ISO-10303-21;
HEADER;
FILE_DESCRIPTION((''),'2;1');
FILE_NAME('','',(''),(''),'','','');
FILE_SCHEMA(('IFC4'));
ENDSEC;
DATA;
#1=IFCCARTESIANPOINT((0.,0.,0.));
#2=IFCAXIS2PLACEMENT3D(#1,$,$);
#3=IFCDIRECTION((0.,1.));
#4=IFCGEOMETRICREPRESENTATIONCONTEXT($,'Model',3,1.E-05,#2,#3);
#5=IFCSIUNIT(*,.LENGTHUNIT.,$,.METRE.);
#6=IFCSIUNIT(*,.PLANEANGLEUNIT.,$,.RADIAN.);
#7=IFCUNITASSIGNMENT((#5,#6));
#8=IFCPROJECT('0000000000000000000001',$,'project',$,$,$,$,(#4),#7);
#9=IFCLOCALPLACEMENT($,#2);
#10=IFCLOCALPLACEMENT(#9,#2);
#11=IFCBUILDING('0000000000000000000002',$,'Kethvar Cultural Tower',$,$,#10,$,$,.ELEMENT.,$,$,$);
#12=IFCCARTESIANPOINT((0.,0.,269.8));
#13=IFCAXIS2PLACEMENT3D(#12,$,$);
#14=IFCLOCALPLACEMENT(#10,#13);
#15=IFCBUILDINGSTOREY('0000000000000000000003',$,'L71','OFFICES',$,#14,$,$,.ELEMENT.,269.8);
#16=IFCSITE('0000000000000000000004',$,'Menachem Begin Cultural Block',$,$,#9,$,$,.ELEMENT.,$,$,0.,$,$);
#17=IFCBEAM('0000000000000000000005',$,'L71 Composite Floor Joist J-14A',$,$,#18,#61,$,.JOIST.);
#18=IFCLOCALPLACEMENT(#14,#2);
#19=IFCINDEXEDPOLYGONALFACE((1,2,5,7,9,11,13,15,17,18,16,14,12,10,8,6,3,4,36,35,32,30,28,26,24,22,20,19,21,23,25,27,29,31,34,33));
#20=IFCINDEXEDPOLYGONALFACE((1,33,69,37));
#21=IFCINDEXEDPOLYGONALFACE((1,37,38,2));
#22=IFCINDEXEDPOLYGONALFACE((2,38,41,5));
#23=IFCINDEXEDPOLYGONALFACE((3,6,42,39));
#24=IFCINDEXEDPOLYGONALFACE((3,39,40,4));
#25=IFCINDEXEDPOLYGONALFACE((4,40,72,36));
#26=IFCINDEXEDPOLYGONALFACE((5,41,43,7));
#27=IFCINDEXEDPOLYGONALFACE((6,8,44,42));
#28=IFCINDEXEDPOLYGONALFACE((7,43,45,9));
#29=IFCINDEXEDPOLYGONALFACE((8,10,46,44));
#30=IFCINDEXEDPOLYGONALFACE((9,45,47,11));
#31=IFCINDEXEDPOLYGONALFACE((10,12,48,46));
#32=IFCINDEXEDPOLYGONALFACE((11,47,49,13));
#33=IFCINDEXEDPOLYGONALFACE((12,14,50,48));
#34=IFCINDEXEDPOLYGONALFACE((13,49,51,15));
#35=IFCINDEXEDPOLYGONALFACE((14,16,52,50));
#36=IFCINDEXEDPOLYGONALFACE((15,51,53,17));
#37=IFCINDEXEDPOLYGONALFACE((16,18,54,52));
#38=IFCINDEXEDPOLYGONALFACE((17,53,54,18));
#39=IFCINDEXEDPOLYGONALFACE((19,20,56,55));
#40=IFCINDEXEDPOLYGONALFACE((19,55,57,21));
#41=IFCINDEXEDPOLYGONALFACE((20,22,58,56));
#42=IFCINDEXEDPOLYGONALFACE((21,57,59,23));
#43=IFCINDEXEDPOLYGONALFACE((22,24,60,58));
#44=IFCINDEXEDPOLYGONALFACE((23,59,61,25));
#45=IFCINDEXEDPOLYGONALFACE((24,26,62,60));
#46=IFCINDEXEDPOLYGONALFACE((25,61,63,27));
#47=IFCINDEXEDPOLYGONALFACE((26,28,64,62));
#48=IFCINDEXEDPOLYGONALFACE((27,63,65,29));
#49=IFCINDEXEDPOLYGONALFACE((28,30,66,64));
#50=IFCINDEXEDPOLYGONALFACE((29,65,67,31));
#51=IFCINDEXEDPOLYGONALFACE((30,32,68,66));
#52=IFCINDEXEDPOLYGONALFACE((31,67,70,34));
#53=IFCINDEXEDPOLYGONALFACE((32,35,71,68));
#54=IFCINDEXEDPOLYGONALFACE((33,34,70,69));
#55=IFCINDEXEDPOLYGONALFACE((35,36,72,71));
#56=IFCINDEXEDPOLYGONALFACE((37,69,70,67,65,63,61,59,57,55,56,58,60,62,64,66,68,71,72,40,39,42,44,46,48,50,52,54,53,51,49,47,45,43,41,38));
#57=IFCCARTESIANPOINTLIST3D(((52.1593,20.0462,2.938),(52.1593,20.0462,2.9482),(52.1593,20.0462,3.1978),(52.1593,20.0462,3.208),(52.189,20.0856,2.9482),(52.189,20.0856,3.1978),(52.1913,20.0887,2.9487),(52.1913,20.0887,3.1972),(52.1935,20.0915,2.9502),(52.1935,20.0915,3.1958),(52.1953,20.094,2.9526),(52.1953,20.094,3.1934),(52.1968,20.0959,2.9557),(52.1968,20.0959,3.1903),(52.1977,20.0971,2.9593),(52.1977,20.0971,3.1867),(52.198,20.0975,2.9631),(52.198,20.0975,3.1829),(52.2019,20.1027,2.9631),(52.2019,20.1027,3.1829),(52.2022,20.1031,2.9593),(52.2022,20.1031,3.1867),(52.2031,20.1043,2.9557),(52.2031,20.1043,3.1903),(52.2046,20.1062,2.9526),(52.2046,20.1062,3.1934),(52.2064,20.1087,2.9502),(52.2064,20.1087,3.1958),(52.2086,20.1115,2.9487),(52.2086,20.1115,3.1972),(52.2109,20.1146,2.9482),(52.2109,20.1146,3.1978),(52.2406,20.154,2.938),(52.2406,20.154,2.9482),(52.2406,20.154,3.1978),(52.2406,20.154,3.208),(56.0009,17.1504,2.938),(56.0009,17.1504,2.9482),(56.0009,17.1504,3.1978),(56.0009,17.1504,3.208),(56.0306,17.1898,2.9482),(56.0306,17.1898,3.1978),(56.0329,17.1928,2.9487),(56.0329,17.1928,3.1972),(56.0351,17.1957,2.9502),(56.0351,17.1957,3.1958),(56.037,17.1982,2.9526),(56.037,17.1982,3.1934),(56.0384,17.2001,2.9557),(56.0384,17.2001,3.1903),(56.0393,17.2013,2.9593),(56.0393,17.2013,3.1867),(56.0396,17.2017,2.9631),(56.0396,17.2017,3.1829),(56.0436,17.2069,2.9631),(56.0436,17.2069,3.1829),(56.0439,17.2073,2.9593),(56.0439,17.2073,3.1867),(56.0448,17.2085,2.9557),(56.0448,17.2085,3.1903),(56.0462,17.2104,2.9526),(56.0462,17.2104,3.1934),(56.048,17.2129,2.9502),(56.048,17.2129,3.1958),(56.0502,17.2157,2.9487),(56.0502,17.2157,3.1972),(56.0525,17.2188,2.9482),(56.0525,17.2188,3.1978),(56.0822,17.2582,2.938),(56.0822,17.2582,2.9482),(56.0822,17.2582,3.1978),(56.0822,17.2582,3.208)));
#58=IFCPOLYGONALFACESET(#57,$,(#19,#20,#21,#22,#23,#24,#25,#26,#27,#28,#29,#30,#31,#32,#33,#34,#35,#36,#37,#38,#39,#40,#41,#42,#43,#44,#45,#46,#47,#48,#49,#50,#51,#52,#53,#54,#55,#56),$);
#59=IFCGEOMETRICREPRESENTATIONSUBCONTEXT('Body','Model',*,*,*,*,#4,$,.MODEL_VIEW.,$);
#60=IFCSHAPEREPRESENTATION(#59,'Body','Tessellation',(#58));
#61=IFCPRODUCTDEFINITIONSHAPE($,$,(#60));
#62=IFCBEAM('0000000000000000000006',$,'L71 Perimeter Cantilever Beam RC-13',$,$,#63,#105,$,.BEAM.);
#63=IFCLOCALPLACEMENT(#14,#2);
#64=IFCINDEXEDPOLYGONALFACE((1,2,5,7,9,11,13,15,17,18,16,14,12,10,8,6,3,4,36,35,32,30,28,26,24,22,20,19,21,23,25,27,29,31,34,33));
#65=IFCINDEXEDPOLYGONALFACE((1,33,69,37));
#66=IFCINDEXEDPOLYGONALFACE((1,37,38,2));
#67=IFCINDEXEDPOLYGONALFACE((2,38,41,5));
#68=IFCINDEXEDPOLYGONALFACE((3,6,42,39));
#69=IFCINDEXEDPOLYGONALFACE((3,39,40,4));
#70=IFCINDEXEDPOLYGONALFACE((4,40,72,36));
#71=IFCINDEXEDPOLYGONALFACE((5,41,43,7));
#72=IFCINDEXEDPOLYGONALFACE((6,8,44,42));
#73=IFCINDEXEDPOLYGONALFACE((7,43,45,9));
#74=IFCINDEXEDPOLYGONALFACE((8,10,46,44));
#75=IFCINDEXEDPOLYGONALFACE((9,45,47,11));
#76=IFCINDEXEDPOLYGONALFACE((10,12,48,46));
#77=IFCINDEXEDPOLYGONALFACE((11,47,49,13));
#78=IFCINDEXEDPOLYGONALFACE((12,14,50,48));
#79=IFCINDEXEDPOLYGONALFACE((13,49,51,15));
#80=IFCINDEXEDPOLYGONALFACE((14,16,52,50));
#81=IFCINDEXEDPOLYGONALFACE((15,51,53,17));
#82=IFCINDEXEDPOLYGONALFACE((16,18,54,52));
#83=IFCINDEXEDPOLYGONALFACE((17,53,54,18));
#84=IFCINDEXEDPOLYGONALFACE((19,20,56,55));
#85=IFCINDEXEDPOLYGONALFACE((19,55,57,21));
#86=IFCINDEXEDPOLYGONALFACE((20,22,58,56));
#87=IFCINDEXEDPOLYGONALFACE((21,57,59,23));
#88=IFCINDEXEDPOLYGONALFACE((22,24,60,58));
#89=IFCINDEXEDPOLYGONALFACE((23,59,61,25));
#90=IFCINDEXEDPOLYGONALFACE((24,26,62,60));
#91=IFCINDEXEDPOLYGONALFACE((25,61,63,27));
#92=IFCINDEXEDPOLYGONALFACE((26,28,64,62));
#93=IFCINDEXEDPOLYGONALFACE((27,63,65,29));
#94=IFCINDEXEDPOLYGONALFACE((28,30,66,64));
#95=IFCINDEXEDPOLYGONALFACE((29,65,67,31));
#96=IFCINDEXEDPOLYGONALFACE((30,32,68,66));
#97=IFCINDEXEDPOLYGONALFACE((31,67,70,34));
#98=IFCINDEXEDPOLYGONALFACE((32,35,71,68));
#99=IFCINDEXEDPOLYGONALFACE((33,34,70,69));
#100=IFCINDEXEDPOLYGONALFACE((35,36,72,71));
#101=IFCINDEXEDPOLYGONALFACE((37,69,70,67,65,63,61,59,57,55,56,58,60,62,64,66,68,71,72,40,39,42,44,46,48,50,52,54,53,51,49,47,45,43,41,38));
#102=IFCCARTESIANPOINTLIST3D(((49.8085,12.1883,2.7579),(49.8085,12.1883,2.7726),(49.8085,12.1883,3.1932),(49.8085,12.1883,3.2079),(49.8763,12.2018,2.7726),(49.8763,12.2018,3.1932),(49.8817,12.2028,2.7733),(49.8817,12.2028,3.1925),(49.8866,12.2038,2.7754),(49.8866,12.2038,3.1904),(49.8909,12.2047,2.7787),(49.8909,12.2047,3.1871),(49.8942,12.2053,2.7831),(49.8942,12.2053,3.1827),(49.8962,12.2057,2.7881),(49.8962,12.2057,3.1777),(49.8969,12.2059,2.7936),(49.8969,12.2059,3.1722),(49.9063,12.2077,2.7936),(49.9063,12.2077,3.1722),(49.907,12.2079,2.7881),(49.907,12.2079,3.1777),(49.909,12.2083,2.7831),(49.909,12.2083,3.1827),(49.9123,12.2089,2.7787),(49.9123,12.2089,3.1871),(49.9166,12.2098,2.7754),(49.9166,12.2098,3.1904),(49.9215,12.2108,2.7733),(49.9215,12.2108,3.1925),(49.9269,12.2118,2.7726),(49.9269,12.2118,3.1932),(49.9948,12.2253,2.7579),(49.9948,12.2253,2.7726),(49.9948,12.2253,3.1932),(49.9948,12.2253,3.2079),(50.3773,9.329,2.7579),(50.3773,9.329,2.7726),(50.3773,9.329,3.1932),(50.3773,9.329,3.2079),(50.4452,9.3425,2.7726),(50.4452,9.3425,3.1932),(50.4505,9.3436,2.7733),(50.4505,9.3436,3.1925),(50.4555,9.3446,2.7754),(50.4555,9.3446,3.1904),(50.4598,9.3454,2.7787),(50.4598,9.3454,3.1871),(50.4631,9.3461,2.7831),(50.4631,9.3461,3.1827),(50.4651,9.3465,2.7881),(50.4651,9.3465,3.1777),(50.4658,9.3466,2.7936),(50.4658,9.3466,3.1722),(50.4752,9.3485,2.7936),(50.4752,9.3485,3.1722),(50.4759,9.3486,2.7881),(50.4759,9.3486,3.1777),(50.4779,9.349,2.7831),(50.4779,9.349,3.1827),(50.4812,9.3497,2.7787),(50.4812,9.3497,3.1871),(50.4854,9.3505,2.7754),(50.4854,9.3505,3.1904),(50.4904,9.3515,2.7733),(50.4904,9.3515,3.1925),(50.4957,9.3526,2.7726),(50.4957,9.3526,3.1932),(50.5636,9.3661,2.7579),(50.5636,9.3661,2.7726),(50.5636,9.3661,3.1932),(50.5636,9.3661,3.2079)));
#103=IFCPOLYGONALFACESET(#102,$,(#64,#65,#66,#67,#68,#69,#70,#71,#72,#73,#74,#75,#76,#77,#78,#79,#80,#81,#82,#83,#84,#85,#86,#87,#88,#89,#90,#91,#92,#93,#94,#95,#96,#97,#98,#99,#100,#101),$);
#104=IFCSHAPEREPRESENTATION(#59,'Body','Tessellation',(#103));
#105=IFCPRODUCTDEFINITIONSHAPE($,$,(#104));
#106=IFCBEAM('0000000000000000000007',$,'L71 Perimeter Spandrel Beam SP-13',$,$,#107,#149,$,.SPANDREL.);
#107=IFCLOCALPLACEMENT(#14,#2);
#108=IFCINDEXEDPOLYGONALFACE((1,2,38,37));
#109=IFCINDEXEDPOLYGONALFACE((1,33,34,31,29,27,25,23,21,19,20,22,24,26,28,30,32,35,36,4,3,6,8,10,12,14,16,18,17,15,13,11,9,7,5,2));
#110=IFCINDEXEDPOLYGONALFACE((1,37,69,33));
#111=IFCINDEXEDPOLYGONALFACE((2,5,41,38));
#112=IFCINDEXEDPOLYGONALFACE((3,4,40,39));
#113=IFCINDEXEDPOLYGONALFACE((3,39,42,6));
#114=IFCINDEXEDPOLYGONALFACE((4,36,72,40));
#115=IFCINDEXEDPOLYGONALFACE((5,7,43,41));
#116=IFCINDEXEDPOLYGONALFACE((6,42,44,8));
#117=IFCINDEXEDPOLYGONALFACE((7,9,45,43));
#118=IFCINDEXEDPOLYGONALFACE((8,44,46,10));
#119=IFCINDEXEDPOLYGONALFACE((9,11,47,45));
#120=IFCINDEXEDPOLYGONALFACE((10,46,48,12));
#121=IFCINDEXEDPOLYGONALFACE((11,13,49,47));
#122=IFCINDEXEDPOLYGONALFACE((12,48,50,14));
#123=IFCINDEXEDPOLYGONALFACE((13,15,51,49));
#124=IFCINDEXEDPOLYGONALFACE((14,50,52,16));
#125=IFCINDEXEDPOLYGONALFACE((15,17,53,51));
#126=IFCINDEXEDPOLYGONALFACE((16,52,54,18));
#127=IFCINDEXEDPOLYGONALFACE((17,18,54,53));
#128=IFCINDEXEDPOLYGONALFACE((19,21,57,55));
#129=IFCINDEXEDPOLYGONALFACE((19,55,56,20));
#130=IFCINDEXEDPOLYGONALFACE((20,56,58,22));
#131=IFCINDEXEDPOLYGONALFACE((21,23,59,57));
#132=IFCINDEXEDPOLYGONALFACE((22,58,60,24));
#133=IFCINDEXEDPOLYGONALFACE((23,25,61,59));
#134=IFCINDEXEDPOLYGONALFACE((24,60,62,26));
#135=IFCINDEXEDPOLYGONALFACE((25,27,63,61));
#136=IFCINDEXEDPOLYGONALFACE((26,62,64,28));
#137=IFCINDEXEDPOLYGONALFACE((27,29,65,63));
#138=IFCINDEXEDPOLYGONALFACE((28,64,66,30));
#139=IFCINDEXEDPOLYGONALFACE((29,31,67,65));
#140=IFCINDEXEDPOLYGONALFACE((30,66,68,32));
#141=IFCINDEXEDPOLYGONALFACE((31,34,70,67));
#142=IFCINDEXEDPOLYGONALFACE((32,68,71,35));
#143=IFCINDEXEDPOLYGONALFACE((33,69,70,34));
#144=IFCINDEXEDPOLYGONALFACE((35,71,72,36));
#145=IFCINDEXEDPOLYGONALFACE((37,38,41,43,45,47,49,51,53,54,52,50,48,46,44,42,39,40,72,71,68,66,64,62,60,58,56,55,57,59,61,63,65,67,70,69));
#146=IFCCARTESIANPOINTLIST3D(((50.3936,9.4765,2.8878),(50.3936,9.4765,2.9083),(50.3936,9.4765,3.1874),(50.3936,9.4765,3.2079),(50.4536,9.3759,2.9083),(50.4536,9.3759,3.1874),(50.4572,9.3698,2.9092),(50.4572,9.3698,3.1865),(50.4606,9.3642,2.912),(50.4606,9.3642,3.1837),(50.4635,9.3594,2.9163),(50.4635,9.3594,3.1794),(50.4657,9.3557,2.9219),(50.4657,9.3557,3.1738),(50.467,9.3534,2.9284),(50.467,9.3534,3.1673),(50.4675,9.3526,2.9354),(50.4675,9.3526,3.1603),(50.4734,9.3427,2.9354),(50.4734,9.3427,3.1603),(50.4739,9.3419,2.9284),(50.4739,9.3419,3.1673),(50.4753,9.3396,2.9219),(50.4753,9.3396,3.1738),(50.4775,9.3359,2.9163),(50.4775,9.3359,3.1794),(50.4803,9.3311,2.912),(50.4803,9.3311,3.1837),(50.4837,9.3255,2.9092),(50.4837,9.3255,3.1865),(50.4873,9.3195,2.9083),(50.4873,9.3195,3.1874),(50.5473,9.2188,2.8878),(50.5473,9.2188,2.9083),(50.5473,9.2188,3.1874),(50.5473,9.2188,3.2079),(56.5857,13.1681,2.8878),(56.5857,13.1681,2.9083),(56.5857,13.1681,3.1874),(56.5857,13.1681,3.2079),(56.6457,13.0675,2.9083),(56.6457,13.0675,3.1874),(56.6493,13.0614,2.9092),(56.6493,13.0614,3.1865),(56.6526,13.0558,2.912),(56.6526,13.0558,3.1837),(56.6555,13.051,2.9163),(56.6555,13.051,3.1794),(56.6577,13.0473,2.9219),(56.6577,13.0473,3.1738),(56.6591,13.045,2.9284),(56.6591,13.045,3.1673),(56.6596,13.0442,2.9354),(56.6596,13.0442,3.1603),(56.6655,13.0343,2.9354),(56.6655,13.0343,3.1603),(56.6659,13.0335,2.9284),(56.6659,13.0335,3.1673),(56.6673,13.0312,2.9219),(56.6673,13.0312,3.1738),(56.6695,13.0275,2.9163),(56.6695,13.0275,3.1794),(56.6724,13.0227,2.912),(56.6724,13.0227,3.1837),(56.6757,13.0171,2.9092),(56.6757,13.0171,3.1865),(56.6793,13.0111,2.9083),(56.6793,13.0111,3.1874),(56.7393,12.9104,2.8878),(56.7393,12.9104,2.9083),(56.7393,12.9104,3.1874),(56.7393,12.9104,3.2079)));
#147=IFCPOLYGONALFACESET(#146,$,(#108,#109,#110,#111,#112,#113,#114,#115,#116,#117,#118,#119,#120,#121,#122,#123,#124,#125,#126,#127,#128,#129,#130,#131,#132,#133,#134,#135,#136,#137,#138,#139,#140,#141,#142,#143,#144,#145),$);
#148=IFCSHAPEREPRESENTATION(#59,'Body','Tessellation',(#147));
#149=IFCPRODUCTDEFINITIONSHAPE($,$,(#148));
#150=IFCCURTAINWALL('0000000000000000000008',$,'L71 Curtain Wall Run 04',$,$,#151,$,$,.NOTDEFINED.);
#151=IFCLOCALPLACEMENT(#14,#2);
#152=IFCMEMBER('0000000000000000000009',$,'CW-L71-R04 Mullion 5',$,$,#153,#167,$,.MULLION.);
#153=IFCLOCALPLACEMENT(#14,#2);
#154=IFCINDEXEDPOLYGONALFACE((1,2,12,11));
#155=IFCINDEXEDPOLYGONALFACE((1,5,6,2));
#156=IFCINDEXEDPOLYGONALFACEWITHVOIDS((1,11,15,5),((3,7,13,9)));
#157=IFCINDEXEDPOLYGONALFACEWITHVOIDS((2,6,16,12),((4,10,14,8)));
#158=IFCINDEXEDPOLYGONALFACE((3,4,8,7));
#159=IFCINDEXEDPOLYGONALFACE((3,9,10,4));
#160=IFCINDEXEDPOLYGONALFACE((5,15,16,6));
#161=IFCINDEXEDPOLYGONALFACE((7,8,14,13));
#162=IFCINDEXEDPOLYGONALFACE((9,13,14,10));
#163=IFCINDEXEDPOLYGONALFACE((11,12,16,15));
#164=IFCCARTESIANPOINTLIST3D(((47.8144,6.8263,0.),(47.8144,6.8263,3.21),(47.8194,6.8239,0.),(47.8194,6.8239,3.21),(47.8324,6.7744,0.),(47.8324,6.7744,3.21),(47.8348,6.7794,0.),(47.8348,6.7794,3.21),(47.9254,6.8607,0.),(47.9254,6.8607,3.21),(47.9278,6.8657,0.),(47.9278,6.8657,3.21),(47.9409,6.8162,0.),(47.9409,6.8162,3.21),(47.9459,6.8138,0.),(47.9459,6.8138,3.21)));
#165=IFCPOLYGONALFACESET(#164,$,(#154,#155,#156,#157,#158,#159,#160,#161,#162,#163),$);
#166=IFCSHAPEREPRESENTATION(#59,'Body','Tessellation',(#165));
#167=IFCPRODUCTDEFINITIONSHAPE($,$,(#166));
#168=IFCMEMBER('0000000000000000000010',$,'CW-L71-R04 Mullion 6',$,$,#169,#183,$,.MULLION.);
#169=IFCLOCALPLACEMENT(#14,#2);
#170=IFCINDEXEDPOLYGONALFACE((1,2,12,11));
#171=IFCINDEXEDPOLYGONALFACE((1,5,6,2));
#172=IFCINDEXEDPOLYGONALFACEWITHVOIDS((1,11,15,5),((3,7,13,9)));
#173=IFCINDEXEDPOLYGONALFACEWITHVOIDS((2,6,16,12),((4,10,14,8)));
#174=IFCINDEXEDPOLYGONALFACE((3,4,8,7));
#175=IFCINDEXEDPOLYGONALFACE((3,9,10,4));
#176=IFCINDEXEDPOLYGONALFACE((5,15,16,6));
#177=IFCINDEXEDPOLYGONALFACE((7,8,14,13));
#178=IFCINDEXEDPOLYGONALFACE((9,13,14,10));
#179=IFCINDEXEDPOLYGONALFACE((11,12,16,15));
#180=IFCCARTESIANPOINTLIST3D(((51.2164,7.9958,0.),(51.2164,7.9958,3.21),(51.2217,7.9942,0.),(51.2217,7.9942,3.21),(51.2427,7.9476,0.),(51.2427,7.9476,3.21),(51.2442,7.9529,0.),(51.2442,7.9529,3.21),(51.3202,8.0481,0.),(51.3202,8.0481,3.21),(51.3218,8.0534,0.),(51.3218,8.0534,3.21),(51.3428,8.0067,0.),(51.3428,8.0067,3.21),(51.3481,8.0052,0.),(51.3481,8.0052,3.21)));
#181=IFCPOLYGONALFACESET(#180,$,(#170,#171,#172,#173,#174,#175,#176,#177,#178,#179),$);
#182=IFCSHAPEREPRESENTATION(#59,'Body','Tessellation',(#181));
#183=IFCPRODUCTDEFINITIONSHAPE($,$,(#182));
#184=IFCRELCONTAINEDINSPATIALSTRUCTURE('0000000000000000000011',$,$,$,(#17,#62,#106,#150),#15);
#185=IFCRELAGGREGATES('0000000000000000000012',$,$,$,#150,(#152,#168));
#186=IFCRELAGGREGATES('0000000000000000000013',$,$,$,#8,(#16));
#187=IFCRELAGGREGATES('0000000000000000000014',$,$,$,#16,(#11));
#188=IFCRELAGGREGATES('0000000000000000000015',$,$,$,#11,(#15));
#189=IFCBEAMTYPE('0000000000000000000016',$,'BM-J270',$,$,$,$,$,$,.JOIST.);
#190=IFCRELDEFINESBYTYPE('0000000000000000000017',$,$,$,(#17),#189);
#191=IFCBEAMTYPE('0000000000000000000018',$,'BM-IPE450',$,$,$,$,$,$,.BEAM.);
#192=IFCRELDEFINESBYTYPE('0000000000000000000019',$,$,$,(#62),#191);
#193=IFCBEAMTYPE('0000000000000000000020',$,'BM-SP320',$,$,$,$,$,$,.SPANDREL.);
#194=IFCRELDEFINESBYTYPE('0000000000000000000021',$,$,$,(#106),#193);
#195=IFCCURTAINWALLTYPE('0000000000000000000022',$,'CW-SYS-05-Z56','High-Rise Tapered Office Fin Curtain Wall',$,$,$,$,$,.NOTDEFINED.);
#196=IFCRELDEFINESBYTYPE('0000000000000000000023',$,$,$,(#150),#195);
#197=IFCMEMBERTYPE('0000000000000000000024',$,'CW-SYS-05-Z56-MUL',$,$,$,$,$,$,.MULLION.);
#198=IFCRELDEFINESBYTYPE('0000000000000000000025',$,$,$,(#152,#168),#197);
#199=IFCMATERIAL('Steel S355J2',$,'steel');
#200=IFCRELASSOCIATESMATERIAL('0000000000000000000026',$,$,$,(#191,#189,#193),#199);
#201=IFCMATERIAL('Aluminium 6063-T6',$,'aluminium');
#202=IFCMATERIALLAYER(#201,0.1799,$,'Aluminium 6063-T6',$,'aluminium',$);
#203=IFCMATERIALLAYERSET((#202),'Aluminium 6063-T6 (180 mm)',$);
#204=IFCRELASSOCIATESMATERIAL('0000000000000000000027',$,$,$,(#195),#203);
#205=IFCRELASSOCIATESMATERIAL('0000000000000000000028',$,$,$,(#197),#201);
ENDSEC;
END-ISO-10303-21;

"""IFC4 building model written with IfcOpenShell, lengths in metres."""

from ifc_helpers import new_model, si_unit, direction, frame, origin, origin_2d, place, context, subcontext, project, spatial, hollow_rectangle, i_section, extrude, source, transform, mapped, material, layer, layer_set, material_profile, profile_set, type_object, element, aggregate, save


model = new_model("IFC4")

# Units and contexts
model_context = context("Model", 3, precision=1e-05, world=origin(), true_north=direction((0.0, 1.0)))
body_context = subcontext(model_context, "Body", "Model", "MODEL_VIEW")
ifc_project = project(units=[si_unit("LENGTHUNIT", "METRE"), si_unit("PLANEANGLEUNIT", "RADIAN")], contexts=[model_context])

# Site, building, storey
site_placement = place(None, origin())
site = spatial("IfcSite", under=ifc_project, at=site_placement, Name="Menachem Begin Cultural Block", CompositionType="ELEMENT", RefElevation=0.0)
building_placement = place(site_placement, origin())
building = spatial("IfcBuilding", under=site, at=building_placement, Name="Kethvar Cultural Tower", CompositionType="ELEMENT")
storey_placement = place(building_placement, frame((0.0, 0.0, 269.8)))
storey = spatial("IfcBuildingStorey", under=building, at=storey_placement, Name="L71", Description="OFFICES", CompositionType="ELEMENT", Elevation=269.8)

# Shared definitions
ifc_material_1 = material(Name="Steel S355J2", Category="steel")

# Beams
ifc_material_profile_1 = material_profile(ifc_material_1, i_section(OverallWidth=0.1899, OverallDepth=0.45, WebThickness=0.0095, FlangeThickness=0.0146, FilletRadius=0.021, at=origin_2d()), Name="Steel S355J2 — IPE450")
ifc_profile_set_1 = profile_set([ifc_material_profile_1], Name="Steel S355J2 — IPE450")
beam_type_1 = type_object("IfcBeamType", Name="BM-IPE450", PredefinedType="BEAM", material=ifc_profile_set_1)
ifc_material_profile_2 = material_profile(ifc_material_1, i_section(OverallWidth=0.135, OverallDepth=0.27, WebThickness=0.0066, FlangeThickness=0.0103, FilletRadius=0.0149, at=origin_2d()), Name="Steel S355J2 — IPE270")
ifc_profile_set_2 = profile_set([ifc_material_profile_2], Name="Steel S355J2 — IPE270")
beam_type_2 = type_object("IfcBeamType", Name="BM-J270", PredefinedType="JOIST", material=ifc_profile_set_2)
shared_shape_1 = source(origin(), body_context, "Body", "SweptSolid", [
    extrude(i_section(OverallWidth=0.135, OverallDepth=0.27, WebThickness=0.0066, FlangeThickness=0.0103, FilletRadius=0.0149, at=origin_2d()), origin(), (0.0, 0.0, 1.0), 4.8108),
])
beam_1_placement = place(storey_placement, frame((52.2, 20.1001, 3.073), z_axis=(0.798542, -0.601939, 0.0), x_axis=(0.601939, 0.798542, 0.0)))
element("IfcBeam", 1, at=beam_1_placement, inside=storey, type_object=beam_type_2, Name="L71 Composite Floor Joist J-14A", PredefinedType="JOIST", context=body_context, shape_type="MappedRepresentation", body=[
    mapped(shared_shape_1, transform((0.0, 0.0, 0.0), scale=1.0)),
])
shared_shape_2 = source(origin(), body_context, "Body", "SweptSolid", [
    extrude(i_section(OverallWidth=0.1899, OverallDepth=0.45, WebThickness=0.0095, FlangeThickness=0.0146, FilletRadius=0.021, at=origin_2d()), origin(), (0.0, 0.0, 1.0), 2.9153),
])
beam_2_placement = place(storey_placement, frame((49.9016, 12.2068, 2.9829), z_axis=(0.195134, -0.980777, 0.0), x_axis=(0.980777, 0.195134, 0.0)))
element("IfcBeam", 2, at=beam_2_placement, inside=storey, type_object=beam_type_1, Name="L71 Perimeter Cantilever Beam RC-13", PredefinedType="BEAM", context=body_context, shape_type="MappedRepresentation", body=[
    mapped(shared_shape_2, transform((0.0, 0.0, 0.0), scale=1.0)),
])
ifc_material_profile_3 = material_profile(ifc_material_1, i_section(OverallWidth=0.3, OverallDepth=0.3201, WebThickness=0.0115, FlangeThickness=0.0205, FilletRadius=0.0271, at=origin_2d()), Name="Steel S355J2 — HEB320")
ifc_profile_set_3 = profile_set([ifc_material_profile_3], Name="Steel S355J2 — HEB320")
beam_type_3 = type_object("IfcBeamType", Name="BM-SP320", PredefinedType="SPANDREL", material=ifc_profile_set_3)
shared_shape_3 = source(origin(), body_context, "Body", "SweptSolid", [
    extrude(i_section(OverallWidth=0.3, OverallDepth=0.3201, WebThickness=0.0115, FlangeThickness=0.0205, FilletRadius=0.0271, at=origin_2d()), origin(), (0.0, 0.0, 1.0), 7.209),
])
beam_3_placement = place(storey_placement, frame((50.4705, 9.3477, 3.0479), z_axis=(0.858936, 0.512083, 0.0), x_axis=(-0.512083, 0.858936, 0.0)))
element("IfcBeam", 3, at=beam_3_placement, inside=storey, type_object=beam_type_3, Name="L71 Perimeter Spandrel Beam SP-13", PredefinedType="SPANDREL", context=body_context, shape_type="MappedRepresentation", body=[
    mapped(shared_shape_3, transform((0.0, 0.0, 0.0), scale=1.0)),
])

# Curtain wall, members
ifc_material_2 = material(Name="Aluminium 6063-T6", Category="aluminium")
ifc_layer_1 = layer(ifc_material_2, 0.1799, Name="Aluminium 6063-T6", Category="aluminium")
ifc_layer_set_1 = layer_set([ifc_layer_1], Name="Aluminium 6063-T6 (180 mm)")
curtain_wall_type = type_object("IfcCurtainWallType", Name="CW-SYS-05-Z56", Description="High-Rise Tapered Office Fin Curtain Wall", PredefinedType="NOTDEFINED", material=ifc_layer_set_1)
curtain_wall_1_placement = place(storey_placement, origin())
curtain_wall_1 = element("IfcCurtainWall", 4, at=curtain_wall_1_placement, inside=storey, type_object=curtain_wall_type, Name="L71 Curtain Wall Run 04", PredefinedType="NOTDEFINED")
ifc_material_profile_4 = material_profile(ifc_material_2, hollow_rectangle(XDim=0.0549, YDim=0.1201, WallThickness=0.0039, at=origin_2d()), Name="Aluminium 6063-T6 — RHS120x55x4")
ifc_profile_set_4 = profile_set([ifc_material_profile_4], Name="Aluminium 6063-T6 — RHS120x55x4")
member_type_1 = type_object("IfcMemberType", Name="CW-SYS-05-Z56-MUL", PredefinedType="MULLION", material=ifc_profile_set_4)
shared_shape_4 = source(origin(), body_context, "Body", "SweptSolid", [
    extrude(hollow_rectangle(XDim=0.0549, YDim=0.1201, WallThickness=0.0039, at=origin_2d()), origin(), (0.0, 0.0, 1.0), 3.21),
])
member_1_placement = place(storey_placement, frame((47.8801, 6.8201, 0.0), z_axis=(0.0, 0.0, 1.0), x_axis=(-0.328125, 0.944634, 0.0)))
member_1 = element("IfcMember", 5, at=member_1_placement, type_object=member_type_1, Name="CW-L71-R04 Mullion 5", PredefinedType="MULLION", context=body_context, shape_type="MappedRepresentation", body=[
    mapped(shared_shape_4, transform((0.0, 0.0, 0.0), scale=1.0)),
])
member_2_placement = place(storey_placement, frame((51.2822, 8.0005, 0.0), z_axis=(0.0, 0.0, 1.0), x_axis=(-0.479351, 0.877623, 0.0)))
member_2 = element("IfcMember", 6, at=member_2_placement, type_object=member_type_1, Name="CW-L71-R04 Mullion 6", PredefinedType="MULLION", context=body_context, shape_type="MappedRepresentation", body=[
    mapped(shared_shape_4, transform((0.0, 0.0, 0.0), scale=1.0)),
])

aggregate(curtain_wall_1, [member_1, member_2])

save(model, "model.ifc")
